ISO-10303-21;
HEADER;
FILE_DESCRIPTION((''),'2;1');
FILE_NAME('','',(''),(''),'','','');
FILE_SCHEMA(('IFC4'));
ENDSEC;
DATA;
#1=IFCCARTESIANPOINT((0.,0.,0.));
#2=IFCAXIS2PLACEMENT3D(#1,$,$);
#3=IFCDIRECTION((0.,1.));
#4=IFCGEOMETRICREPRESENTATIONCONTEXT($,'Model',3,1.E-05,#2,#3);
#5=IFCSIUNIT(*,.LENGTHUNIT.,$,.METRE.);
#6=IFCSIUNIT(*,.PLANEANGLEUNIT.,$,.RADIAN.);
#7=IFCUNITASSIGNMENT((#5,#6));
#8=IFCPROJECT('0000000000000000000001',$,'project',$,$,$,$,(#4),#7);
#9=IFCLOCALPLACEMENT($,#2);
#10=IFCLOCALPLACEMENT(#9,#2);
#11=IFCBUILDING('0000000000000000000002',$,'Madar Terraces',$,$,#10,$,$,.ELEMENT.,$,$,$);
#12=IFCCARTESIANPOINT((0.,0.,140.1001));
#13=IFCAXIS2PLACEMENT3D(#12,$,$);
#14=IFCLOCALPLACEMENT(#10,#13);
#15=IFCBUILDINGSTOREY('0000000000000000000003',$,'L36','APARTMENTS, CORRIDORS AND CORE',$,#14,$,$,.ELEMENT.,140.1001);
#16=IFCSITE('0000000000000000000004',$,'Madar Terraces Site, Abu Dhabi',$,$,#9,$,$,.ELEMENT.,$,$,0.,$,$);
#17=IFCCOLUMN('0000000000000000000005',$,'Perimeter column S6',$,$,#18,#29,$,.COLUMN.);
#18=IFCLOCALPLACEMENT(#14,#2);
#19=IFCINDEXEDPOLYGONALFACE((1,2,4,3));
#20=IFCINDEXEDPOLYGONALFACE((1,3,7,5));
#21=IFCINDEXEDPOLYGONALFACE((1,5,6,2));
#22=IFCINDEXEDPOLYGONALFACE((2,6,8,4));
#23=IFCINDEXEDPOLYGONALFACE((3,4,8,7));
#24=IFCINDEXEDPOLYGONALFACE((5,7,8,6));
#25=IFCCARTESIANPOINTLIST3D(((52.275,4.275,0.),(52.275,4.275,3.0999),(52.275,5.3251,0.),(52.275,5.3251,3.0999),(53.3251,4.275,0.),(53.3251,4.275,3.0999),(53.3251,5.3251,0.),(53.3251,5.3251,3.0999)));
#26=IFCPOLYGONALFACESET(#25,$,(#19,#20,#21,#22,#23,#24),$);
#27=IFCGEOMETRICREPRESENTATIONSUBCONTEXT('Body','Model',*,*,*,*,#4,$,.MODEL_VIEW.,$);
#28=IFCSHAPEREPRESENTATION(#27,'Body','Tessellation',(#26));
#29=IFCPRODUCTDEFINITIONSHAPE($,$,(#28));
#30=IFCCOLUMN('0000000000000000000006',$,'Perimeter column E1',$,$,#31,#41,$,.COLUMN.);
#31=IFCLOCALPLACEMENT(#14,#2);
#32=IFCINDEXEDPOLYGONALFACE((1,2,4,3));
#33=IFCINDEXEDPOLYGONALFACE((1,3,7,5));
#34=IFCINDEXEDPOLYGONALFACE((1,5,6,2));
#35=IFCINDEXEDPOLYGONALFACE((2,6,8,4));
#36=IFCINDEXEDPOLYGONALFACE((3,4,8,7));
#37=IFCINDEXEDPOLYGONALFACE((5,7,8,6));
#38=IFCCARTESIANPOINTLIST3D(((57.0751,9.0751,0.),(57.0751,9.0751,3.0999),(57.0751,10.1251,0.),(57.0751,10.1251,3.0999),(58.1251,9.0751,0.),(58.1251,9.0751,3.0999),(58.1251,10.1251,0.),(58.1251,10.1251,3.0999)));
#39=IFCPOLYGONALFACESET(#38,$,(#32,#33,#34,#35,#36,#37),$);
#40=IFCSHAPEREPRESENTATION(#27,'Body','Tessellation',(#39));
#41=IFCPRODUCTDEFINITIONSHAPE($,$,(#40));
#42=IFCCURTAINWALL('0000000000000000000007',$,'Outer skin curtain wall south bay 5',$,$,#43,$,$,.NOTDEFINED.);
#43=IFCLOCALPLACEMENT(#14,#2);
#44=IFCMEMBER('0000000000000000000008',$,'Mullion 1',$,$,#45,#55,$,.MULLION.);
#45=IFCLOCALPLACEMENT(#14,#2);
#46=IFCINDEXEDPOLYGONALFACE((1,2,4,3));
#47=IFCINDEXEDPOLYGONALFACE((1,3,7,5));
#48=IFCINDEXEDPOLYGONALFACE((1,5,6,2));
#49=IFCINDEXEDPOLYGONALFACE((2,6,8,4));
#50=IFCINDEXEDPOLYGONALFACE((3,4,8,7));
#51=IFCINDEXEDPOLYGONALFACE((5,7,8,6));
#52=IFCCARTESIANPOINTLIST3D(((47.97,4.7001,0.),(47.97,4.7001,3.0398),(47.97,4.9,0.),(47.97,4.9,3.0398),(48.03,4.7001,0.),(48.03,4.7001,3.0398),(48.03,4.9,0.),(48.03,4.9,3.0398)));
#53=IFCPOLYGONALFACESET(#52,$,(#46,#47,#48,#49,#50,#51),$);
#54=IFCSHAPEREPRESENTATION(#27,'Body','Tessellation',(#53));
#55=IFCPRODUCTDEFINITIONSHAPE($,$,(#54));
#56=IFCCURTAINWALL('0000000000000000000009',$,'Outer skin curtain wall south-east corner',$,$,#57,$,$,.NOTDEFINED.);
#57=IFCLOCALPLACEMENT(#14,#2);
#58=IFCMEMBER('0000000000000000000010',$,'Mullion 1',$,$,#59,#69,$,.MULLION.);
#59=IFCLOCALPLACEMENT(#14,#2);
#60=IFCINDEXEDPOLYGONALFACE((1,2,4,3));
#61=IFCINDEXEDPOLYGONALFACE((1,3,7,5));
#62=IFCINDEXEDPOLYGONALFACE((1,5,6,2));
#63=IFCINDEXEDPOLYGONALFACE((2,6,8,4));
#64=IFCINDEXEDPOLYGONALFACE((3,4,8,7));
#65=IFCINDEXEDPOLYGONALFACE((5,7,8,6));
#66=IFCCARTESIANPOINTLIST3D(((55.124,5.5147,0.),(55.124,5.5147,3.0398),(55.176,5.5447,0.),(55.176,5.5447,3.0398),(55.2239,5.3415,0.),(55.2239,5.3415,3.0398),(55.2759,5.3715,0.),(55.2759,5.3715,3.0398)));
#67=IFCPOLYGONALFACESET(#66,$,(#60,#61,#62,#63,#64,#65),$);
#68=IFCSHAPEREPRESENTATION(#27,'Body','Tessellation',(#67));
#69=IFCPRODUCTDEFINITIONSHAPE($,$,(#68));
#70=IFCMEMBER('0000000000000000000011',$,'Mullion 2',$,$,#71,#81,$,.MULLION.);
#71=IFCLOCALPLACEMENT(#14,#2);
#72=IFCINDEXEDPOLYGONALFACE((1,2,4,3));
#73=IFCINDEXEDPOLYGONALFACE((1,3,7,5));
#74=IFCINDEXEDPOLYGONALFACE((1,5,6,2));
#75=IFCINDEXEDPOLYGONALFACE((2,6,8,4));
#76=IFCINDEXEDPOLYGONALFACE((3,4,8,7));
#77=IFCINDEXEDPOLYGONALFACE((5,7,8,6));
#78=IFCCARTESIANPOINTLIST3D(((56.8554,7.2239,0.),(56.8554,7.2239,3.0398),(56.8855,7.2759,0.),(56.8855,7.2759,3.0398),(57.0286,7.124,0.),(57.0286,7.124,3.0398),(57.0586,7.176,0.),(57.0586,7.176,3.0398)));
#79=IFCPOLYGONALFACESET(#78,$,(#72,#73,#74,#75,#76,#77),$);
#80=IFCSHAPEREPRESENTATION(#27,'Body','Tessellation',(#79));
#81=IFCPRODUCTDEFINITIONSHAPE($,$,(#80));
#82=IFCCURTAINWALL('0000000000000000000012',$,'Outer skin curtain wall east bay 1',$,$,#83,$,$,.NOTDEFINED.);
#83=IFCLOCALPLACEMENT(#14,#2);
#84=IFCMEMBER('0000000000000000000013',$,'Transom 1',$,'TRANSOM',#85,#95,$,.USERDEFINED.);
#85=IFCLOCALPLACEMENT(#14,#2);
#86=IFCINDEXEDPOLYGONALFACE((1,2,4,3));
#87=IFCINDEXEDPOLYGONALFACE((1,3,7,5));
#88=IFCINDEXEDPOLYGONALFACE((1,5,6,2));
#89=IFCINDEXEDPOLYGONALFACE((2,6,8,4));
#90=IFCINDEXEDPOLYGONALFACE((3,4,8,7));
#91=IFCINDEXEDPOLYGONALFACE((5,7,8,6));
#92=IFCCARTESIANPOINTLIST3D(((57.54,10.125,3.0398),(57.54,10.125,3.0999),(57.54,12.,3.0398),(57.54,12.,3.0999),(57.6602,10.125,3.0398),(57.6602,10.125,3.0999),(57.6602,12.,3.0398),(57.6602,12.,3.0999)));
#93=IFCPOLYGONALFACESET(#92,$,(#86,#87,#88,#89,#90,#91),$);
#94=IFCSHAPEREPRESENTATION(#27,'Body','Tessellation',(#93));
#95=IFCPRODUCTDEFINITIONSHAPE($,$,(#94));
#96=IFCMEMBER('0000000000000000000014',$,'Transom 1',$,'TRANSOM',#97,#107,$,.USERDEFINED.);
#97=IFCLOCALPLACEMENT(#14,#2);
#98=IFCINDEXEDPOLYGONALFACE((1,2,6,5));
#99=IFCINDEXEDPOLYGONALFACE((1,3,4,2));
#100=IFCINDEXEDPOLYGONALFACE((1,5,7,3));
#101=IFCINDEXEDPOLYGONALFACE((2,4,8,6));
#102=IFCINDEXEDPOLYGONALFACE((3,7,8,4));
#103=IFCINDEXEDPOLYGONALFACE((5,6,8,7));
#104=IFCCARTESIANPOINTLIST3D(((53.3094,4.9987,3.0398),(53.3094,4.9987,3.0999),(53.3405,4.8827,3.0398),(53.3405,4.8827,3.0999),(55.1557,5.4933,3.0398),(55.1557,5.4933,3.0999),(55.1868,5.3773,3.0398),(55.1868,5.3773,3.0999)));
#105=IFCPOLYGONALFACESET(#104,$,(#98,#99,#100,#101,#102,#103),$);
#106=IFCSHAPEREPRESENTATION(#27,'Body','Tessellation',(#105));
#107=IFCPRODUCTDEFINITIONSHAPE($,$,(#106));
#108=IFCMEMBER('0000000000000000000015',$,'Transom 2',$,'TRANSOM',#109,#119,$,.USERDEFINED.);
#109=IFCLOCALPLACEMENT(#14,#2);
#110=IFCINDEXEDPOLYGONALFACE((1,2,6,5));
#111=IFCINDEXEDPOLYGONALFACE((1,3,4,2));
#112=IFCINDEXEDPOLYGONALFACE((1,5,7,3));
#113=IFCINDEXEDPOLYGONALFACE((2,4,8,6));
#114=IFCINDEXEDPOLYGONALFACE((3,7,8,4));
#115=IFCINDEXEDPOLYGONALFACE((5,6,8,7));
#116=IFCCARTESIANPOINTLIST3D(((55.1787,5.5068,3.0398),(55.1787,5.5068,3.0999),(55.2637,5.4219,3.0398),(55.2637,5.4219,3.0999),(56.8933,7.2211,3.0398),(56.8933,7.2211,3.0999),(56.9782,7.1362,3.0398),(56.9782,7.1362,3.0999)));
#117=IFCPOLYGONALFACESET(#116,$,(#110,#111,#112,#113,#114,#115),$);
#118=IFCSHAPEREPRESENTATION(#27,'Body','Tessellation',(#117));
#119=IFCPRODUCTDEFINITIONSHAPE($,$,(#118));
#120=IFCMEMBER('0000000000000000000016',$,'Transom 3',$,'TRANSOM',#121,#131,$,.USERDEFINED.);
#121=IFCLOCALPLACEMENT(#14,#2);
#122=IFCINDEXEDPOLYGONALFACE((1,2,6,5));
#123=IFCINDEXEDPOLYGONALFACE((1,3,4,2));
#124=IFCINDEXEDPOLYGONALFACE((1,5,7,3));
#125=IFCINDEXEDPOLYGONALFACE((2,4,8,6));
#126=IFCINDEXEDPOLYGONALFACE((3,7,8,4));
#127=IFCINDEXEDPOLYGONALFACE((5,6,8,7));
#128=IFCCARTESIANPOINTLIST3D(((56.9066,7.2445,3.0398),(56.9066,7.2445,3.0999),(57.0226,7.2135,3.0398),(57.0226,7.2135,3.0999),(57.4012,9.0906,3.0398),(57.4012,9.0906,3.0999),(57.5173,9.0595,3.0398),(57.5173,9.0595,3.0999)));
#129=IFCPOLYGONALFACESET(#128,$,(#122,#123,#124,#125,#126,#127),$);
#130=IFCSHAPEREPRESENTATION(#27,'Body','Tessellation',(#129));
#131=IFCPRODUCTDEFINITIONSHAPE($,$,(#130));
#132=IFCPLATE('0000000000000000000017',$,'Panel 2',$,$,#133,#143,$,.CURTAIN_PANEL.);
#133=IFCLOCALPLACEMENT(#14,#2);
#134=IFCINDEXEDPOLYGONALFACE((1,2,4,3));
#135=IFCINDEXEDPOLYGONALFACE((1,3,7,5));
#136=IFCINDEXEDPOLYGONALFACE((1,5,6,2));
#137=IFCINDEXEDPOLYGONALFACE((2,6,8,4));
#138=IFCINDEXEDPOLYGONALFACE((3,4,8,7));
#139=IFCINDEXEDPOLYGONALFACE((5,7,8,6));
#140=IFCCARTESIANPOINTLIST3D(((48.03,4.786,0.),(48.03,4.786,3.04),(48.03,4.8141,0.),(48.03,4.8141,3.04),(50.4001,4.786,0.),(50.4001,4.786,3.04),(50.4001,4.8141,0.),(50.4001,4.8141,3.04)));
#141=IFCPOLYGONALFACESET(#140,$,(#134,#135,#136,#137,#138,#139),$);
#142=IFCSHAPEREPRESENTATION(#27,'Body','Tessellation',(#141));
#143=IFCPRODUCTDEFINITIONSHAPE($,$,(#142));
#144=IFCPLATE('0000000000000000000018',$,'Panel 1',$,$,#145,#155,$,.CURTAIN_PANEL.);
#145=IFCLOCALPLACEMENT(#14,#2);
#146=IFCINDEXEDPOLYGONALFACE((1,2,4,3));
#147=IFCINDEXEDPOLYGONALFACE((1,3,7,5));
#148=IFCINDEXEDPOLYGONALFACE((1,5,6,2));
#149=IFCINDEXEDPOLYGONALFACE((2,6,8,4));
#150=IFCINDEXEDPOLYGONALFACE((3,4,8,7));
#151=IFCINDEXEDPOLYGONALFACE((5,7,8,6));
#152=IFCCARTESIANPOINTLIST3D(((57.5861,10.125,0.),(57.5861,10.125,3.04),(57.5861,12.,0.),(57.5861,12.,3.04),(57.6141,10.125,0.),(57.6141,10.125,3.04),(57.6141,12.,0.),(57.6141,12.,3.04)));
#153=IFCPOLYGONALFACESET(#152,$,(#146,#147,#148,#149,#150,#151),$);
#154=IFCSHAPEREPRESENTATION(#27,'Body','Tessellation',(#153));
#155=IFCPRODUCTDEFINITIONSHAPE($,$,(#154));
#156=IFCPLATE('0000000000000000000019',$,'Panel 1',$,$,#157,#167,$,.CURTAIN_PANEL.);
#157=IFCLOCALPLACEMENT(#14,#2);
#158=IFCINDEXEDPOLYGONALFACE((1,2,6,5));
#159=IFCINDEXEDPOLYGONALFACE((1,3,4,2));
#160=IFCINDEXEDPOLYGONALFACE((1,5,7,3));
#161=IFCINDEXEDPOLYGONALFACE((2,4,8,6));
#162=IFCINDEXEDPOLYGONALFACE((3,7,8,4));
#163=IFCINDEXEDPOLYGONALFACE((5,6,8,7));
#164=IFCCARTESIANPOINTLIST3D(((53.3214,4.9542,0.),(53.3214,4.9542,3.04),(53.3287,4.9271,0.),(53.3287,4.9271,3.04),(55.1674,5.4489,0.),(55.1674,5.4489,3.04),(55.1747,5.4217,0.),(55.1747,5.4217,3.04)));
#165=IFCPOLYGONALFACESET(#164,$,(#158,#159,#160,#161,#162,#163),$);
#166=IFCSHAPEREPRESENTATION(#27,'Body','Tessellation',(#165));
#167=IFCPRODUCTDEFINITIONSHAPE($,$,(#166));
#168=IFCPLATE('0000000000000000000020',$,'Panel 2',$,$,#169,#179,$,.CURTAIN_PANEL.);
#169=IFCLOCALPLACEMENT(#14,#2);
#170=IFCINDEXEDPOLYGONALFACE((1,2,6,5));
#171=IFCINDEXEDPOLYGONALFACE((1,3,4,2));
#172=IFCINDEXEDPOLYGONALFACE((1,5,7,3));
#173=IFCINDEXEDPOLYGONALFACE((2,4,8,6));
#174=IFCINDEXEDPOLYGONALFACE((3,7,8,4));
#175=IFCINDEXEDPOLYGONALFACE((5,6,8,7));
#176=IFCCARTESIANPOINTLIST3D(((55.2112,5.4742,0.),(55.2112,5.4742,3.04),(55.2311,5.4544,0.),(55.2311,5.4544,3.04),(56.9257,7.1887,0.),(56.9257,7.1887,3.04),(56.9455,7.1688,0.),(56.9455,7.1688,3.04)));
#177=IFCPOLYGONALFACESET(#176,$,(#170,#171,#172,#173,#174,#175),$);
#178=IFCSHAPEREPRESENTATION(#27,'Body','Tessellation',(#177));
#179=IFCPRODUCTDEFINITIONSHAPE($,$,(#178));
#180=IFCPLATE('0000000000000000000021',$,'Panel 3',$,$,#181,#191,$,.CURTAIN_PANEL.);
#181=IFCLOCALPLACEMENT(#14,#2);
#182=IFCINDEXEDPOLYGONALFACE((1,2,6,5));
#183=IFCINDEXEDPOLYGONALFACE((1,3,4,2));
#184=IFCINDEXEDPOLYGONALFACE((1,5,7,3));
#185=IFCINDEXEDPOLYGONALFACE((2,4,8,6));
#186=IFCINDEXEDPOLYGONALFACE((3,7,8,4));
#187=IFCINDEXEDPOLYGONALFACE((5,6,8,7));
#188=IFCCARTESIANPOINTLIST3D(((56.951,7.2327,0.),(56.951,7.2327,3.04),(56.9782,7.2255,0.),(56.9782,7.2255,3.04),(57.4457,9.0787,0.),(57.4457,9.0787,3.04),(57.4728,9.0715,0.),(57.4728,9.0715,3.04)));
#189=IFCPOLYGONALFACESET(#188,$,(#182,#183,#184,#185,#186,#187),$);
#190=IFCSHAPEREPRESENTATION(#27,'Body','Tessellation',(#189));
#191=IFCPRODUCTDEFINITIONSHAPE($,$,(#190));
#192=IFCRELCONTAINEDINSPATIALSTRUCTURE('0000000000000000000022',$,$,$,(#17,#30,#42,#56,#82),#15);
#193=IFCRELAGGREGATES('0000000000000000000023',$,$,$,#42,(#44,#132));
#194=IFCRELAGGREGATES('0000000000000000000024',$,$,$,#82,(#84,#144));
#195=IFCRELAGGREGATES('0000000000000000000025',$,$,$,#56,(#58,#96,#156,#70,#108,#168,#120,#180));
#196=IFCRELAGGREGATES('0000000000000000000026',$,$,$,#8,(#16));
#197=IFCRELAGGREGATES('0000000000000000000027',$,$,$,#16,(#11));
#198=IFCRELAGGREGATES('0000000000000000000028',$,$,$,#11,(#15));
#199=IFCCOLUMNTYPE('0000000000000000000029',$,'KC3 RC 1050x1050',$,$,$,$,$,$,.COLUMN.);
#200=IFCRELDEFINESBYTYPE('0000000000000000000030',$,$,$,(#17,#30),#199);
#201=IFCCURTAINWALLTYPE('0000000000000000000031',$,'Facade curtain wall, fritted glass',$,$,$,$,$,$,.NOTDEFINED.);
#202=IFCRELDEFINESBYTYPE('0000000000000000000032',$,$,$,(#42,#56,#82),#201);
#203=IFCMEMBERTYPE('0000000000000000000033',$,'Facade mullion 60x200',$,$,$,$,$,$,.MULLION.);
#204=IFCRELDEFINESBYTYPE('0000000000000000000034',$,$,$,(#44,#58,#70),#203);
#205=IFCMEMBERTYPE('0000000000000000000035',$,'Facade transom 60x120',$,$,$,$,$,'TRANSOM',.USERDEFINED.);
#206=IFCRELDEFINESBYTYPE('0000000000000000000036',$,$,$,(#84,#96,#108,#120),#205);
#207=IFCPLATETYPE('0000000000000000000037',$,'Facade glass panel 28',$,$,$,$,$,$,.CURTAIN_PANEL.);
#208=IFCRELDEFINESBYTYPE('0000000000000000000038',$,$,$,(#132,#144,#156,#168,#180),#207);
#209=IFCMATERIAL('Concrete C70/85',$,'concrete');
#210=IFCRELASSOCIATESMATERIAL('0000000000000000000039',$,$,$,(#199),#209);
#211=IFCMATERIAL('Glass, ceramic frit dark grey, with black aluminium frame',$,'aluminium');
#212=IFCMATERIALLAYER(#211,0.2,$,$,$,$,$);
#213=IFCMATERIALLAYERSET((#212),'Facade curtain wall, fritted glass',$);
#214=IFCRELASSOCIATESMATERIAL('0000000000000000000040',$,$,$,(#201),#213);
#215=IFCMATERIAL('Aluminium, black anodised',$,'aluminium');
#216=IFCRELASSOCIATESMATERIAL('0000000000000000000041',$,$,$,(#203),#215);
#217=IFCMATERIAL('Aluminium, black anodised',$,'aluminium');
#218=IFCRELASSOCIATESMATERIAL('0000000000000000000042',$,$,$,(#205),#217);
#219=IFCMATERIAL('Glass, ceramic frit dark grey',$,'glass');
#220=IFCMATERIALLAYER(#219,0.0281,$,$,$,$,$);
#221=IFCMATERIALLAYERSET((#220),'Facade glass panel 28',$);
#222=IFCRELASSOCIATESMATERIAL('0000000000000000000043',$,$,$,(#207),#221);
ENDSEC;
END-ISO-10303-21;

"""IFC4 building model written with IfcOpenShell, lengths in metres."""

from ifc_helpers import new_model, si_unit, direction, frame, origin, origin_2d, place, context, subcontext, project, spatial, rectangle, extrude, material, layer, layer_set, material_profile, profile_set, type_object, element, aggregate, save


model = new_model("IFC4")

# Units and contexts
model_context = context("Model", 3, precision=1e-05, world=origin(), true_north=direction((0.0, 1.0)))
body_context = subcontext(model_context, "Body", "Model", "MODEL_VIEW")
ifc_project = project(units=[si_unit("LENGTHUNIT", "METRE"), si_unit("PLANEANGLEUNIT", "RADIAN")], contexts=[model_context])

# Site, building, storey
site_placement = place(None, origin())
site = spatial("IfcSite", under=ifc_project, at=site_placement, Name="Madar Terraces Site, Abu Dhabi", CompositionType="ELEMENT", RefElevation=0.0)
building_placement = place(site_placement, origin())
building = spatial("IfcBuilding", under=site, at=building_placement, Name="Madar Terraces", CompositionType="ELEMENT")
storey_placement = place(building_placement, frame((0.0, 0.0, 140.1001)))
storey = spatial("IfcBuildingStorey", under=building, at=storey_placement, Name="L36", Description="APARTMENTS, CORRIDORS AND CORE", CompositionType="ELEMENT", Elevation=140.1001)

# Columns
ifc_material_1 = material(Name="Concrete C70/85", Category="concrete")
ifc_material_profile_1 = material_profile(ifc_material_1, rectangle(XDim=1.05, YDim=1.05, at=origin_2d()), Name="KC3 RC 1050x1050")
ifc_profile_set_1 = profile_set([ifc_material_profile_1], Name="Concrete C70/85")
column_type = type_object("IfcColumnType", Name="KC3 RC 1050x1050", PredefinedType="COLUMN", material=ifc_profile_set_1)
for number, where, z_axis, x_axis, name in (
    (1, (52.8, 4.8, 0.0), (0.0, 0.0, 1.0), (1.0, 0.0, 0.0), "Perimeter column S6"),
    (2, (57.6001, 9.6001, 0.0), (0.0, 0.0, 1.0), (1.0, 0.0, 0.0), "Perimeter column E1"),
):
    element("IfcColumn", number, at=place(storey_placement, frame(where, z_axis=z_axis, x_axis=x_axis)), inside=storey, type_object=column_type, Name=name, PredefinedType="COLUMN", context=body_context, shape_type="SweptSolid", body=[
        extrude(rectangle(XDim=1.05, YDim=1.05, at=origin_2d()), origin(), (0.0, 0.0, 1.0), 3.0999),
    ])

# Curtain wall, member
ifc_material_2 = material(Name="Glass, ceramic frit dark grey, with black aluminium frame", Category="aluminium")
ifc_layer_1 = layer(ifc_material_2, 0.2)
ifc_layer_set_1 = layer_set([ifc_layer_1], Name="Facade curtain wall, fritted glass")
curtain_wall_type = type_object("IfcCurtainWallType", Name="Facade curtain wall, fritted glass", PredefinedType="NOTDEFINED", material=ifc_layer_set_1)
curtain_wall_1_placement = place(storey_placement, origin())
curtain_wall_1 = element("IfcCurtainWall", 3, at=curtain_wall_1_placement, inside=storey, type_object=curtain_wall_type, Name="Outer skin curtain wall south bay 5", PredefinedType="NOTDEFINED")
ifc_material_3 = material(Name="Aluminium, black anodised", Category="aluminium")
ifc_material_profile_2 = material_profile(ifc_material_3, rectangle(XDim=0.2, YDim=0.0601, at=origin_2d()), Name="Facade mullion 60x200")
ifc_profile_set_2 = profile_set([ifc_material_profile_2], Name="Aluminium, black anodised")
member_type_1 = type_object("IfcMemberType", Name="Facade mullion 60x200", PredefinedType="MULLION", material=ifc_profile_set_2)
member_1_placement = place(storey_placement, frame((48.0, 4.8, 0.0), z_axis=(0.0, 0.0, 1.0), x_axis=(0.0, 1.0, 0.0)))
member_1 = element("IfcMember", 4, at=member_1_placement, type_object=member_type_1, Name="Mullion 1", PredefinedType="MULLION", context=body_context, shape_type="SweptSolid", body=[
    extrude(rectangle(XDim=0.2, YDim=0.0601, at=origin_2d()), origin(), (0.0, 0.0, 1.0), 3.0398),
])

# Curtain wall, members
curtain_wall_2_placement = place(storey_placement, origin())
curtain_wall_2 = element("IfcCurtainWall", 5, at=curtain_wall_2_placement, inside=storey, type_object=curtain_wall_type, Name="Outer skin curtain wall south-east corner", PredefinedType="NOTDEFINED")
member_2_placement = place(storey_placement, frame((55.2, 5.4431, 0.0), z_axis=(0.0, 0.0, 1.0), x_axis=(-0.5, 0.866025, 0.0)))
member_2 = element("IfcMember", 6, at=member_2_placement, type_object=member_type_1, Name="Mullion 1", PredefinedType="MULLION", context=body_context, shape_type="SweptSolid", body=[
    extrude(rectangle(XDim=0.2, YDim=0.0601, at=origin_2d()), origin(), (0.0, 0.0, 1.0), 3.0398),
])
member_3_placement = place(storey_placement, frame((56.957, 7.2, 0.0), z_axis=(0.0, 0.0, 1.0), x_axis=(-0.866025, 0.5, 0.0)))
member_3 = element("IfcMember", 7, at=member_3_placement, type_object=member_type_1, Name="Mullion 2", PredefinedType="MULLION", context=body_context, shape_type="SweptSolid", body=[
    extrude(rectangle(XDim=0.2, YDim=0.0601, at=origin_2d()), origin(), (0.0, 0.0, 1.0), 3.0398),
])

# Curtain wall, member
curtain_wall_3_placement = place(storey_placement, origin())
curtain_wall_3 = element("IfcCurtainWall", 8, at=curtain_wall_3_placement, inside=storey, type_object=curtain_wall_type, Name="Outer skin curtain wall east bay 1", PredefinedType="NOTDEFINED")
ifc_material_4 = material(Name="Aluminium, black anodised", Category="aluminium")
ifc_material_profile_3 = material_profile(ifc_material_4, rectangle(XDim=0.1201, YDim=0.0601, at=origin_2d()), Name="Facade transom 60x120")
ifc_profile_set_3 = profile_set([ifc_material_profile_3], Name="Aluminium, black anodised")
member_type_2 = type_object("IfcMemberType", Name="Facade transom 60x120", ElementType="TRANSOM", PredefinedType="USERDEFINED", material=ifc_profile_set_3)
member_4_placement = place(storey_placement, frame((57.6001, 10.125, 3.0698), z_axis=(0.0, 1.0, 0.0), x_axis=(-1.0, 0.0, 0.0)))
member_4 = element("IfcMember", 9, at=member_4_placement, type_object=member_type_2, Name="Transom 1", ObjectType="TRANSOM", PredefinedType="USERDEFINED", context=body_context, shape_type="SweptSolid", body=[
    extrude(rectangle(XDim=0.1201, YDim=0.0601, at=origin_2d()), origin(), (0.0, 0.0, 1.0), 1.875),
])

# Members
member_5_placement = place(storey_placement, frame((53.325, 4.9407, 3.0698), z_axis=(0.965933, 0.258791, 0.0), x_axis=(-0.258791, 0.965933, 0.0)))
member_5 = element("IfcMember", 10, at=member_5_placement, type_object=member_type_2, Name="Transom 1", ObjectType="TRANSOM", PredefinedType="USERDEFINED", context=body_context, shape_type="SweptSolid", body=[
    extrude(rectangle(XDim=0.1201, YDim=0.0601, at=origin_2d()), origin(), (0.0, 0.0, 1.0), 1.9114),
])
member_6_placement = place(storey_placement, frame((55.2212, 5.4644, 3.0698), z_axis=(0.707157, 0.707056, 0.0), x_axis=(-0.707056, 0.707157, 0.0)))
member_6 = element("IfcMember", 11, at=member_6_placement, type_object=member_type_2, Name="Transom 2", ObjectType="TRANSOM", PredefinedType="USERDEFINED", context=body_context, shape_type="SweptSolid", body=[
    extrude(rectangle(XDim=0.1201, YDim=0.0601, at=origin_2d()), origin(), (0.0, 0.0, 1.0), 2.4246),
])
member_7_placement = place(storey_placement, frame((56.9646, 7.229, 3.0698), z_axis=(0.258823, 0.965925, 0.0), x_axis=(-0.965925, 0.258823, 0.0)))
member_7 = element("IfcMember", 12, at=member_7_placement, type_object=member_type_2, Name="Transom 3", ObjectType="TRANSOM", PredefinedType="USERDEFINED", context=body_context, shape_type="SweptSolid", body=[
    extrude(rectangle(XDim=0.1201, YDim=0.0601, at=origin_2d()), origin(), (0.0, 0.0, 1.0), 1.9111),
])

# Plates
ifc_material_5 = material(Name="Glass, ceramic frit dark grey", Category="glass")
ifc_layer_2 = layer(ifc_material_5, 0.0281)
ifc_layer_set_2 = layer_set([ifc_layer_2], Name="Facade glass panel 28")
plate_type = type_object("IfcPlateType", Name="Facade glass panel 28", PredefinedType="CURTAIN_PANEL", material=ifc_layer_set_2)
plate_1_placement = place(storey_placement, frame((49.2151, 4.8, 0.0), z_axis=(0.0, 0.0, 1.0), x_axis=(1.0, 0.0, 0.0)))
plate_1 = element("IfcPlate", 13, at=plate_1_placement, type_object=plate_type, Name="Panel 2", PredefinedType="CURTAIN_PANEL", context=body_context, shape_type="SweptSolid", body=[
    extrude(rectangle(XDim=2.3701, YDim=0.0281, at=origin_2d()), origin(), (0.0, 0.0, 1.0), 3.04),
])
aggregate(curtain_wall_1, [member_1, plate_1])
plate_2_placement = place(storey_placement, frame((57.6001, 11.0625, 0.0), z_axis=(0.0, 0.0, 1.0), x_axis=(0.0, 1.0, 0.0)))
plate_2 = element("IfcPlate", 14, at=plate_2_placement, type_object=plate_type, Name="Panel 1", PredefinedType="CURTAIN_PANEL", context=body_context, shape_type="SweptSolid", body=[
    extrude(rectangle(XDim=1.875, YDim=0.0281, at=origin_2d()), origin(), (0.0, 0.0, 1.0), 3.04),
])
aggregate(curtain_wall_3, [member_4, plate_2])
plate_3_placement = place(storey_placement, frame((54.248, 5.188, 0.0), z_axis=(0.0, 0.0, 1.0), x_axis=(0.965926, 0.258819, 0.0)))
plate_3 = element("IfcPlate", 15, at=plate_3_placement, type_object=plate_type, Name="Panel 1", PredefinedType="CURTAIN_PANEL", context=body_context, shape_type="SweptSolid", body=[
    extrude(rectangle(XDim=1.9111, YDim=0.0281, at=origin_2d()), origin(), (0.0, 0.0, 1.0), 3.04),
])
plate_4_placement = place(storey_placement, frame((56.0784, 6.3215, 0.0), z_axis=(0.0, 0.0, 1.0), x_axis=(0.707107, 0.707107, 0.0)))
plate_4 = element("IfcPlate", 16, at=plate_4_placement, type_object=plate_type, Name="Panel 2", PredefinedType="CURTAIN_PANEL", context=body_context, shape_type="SweptSolid", body=[
    extrude(rectangle(XDim=2.4246, YDim=0.0281, at=origin_2d()), origin(), (0.0, 0.0, 1.0), 3.04),
])
plate_5_placement = place(storey_placement, frame((57.2119, 8.1521, 0.0), z_axis=(0.0, 0.0, 1.0), x_axis=(0.258819, 0.965926, 0.0)))
plate_5 = element("IfcPlate", 17, at=plate_5_placement, type_object=plate_type, Name="Panel 3", PredefinedType="CURTAIN_PANEL", context=body_context, shape_type="SweptSolid", body=[
    extrude(rectangle(XDim=1.9111, YDim=0.0281, at=origin_2d()), origin(), (0.0, 0.0, 1.0), 3.04),
])
aggregate(curtain_wall_2, [member_2, member_5, plate_3, member_3, member_6, plate_4, member_7, plate_5])

save(model, "model.ifc")
